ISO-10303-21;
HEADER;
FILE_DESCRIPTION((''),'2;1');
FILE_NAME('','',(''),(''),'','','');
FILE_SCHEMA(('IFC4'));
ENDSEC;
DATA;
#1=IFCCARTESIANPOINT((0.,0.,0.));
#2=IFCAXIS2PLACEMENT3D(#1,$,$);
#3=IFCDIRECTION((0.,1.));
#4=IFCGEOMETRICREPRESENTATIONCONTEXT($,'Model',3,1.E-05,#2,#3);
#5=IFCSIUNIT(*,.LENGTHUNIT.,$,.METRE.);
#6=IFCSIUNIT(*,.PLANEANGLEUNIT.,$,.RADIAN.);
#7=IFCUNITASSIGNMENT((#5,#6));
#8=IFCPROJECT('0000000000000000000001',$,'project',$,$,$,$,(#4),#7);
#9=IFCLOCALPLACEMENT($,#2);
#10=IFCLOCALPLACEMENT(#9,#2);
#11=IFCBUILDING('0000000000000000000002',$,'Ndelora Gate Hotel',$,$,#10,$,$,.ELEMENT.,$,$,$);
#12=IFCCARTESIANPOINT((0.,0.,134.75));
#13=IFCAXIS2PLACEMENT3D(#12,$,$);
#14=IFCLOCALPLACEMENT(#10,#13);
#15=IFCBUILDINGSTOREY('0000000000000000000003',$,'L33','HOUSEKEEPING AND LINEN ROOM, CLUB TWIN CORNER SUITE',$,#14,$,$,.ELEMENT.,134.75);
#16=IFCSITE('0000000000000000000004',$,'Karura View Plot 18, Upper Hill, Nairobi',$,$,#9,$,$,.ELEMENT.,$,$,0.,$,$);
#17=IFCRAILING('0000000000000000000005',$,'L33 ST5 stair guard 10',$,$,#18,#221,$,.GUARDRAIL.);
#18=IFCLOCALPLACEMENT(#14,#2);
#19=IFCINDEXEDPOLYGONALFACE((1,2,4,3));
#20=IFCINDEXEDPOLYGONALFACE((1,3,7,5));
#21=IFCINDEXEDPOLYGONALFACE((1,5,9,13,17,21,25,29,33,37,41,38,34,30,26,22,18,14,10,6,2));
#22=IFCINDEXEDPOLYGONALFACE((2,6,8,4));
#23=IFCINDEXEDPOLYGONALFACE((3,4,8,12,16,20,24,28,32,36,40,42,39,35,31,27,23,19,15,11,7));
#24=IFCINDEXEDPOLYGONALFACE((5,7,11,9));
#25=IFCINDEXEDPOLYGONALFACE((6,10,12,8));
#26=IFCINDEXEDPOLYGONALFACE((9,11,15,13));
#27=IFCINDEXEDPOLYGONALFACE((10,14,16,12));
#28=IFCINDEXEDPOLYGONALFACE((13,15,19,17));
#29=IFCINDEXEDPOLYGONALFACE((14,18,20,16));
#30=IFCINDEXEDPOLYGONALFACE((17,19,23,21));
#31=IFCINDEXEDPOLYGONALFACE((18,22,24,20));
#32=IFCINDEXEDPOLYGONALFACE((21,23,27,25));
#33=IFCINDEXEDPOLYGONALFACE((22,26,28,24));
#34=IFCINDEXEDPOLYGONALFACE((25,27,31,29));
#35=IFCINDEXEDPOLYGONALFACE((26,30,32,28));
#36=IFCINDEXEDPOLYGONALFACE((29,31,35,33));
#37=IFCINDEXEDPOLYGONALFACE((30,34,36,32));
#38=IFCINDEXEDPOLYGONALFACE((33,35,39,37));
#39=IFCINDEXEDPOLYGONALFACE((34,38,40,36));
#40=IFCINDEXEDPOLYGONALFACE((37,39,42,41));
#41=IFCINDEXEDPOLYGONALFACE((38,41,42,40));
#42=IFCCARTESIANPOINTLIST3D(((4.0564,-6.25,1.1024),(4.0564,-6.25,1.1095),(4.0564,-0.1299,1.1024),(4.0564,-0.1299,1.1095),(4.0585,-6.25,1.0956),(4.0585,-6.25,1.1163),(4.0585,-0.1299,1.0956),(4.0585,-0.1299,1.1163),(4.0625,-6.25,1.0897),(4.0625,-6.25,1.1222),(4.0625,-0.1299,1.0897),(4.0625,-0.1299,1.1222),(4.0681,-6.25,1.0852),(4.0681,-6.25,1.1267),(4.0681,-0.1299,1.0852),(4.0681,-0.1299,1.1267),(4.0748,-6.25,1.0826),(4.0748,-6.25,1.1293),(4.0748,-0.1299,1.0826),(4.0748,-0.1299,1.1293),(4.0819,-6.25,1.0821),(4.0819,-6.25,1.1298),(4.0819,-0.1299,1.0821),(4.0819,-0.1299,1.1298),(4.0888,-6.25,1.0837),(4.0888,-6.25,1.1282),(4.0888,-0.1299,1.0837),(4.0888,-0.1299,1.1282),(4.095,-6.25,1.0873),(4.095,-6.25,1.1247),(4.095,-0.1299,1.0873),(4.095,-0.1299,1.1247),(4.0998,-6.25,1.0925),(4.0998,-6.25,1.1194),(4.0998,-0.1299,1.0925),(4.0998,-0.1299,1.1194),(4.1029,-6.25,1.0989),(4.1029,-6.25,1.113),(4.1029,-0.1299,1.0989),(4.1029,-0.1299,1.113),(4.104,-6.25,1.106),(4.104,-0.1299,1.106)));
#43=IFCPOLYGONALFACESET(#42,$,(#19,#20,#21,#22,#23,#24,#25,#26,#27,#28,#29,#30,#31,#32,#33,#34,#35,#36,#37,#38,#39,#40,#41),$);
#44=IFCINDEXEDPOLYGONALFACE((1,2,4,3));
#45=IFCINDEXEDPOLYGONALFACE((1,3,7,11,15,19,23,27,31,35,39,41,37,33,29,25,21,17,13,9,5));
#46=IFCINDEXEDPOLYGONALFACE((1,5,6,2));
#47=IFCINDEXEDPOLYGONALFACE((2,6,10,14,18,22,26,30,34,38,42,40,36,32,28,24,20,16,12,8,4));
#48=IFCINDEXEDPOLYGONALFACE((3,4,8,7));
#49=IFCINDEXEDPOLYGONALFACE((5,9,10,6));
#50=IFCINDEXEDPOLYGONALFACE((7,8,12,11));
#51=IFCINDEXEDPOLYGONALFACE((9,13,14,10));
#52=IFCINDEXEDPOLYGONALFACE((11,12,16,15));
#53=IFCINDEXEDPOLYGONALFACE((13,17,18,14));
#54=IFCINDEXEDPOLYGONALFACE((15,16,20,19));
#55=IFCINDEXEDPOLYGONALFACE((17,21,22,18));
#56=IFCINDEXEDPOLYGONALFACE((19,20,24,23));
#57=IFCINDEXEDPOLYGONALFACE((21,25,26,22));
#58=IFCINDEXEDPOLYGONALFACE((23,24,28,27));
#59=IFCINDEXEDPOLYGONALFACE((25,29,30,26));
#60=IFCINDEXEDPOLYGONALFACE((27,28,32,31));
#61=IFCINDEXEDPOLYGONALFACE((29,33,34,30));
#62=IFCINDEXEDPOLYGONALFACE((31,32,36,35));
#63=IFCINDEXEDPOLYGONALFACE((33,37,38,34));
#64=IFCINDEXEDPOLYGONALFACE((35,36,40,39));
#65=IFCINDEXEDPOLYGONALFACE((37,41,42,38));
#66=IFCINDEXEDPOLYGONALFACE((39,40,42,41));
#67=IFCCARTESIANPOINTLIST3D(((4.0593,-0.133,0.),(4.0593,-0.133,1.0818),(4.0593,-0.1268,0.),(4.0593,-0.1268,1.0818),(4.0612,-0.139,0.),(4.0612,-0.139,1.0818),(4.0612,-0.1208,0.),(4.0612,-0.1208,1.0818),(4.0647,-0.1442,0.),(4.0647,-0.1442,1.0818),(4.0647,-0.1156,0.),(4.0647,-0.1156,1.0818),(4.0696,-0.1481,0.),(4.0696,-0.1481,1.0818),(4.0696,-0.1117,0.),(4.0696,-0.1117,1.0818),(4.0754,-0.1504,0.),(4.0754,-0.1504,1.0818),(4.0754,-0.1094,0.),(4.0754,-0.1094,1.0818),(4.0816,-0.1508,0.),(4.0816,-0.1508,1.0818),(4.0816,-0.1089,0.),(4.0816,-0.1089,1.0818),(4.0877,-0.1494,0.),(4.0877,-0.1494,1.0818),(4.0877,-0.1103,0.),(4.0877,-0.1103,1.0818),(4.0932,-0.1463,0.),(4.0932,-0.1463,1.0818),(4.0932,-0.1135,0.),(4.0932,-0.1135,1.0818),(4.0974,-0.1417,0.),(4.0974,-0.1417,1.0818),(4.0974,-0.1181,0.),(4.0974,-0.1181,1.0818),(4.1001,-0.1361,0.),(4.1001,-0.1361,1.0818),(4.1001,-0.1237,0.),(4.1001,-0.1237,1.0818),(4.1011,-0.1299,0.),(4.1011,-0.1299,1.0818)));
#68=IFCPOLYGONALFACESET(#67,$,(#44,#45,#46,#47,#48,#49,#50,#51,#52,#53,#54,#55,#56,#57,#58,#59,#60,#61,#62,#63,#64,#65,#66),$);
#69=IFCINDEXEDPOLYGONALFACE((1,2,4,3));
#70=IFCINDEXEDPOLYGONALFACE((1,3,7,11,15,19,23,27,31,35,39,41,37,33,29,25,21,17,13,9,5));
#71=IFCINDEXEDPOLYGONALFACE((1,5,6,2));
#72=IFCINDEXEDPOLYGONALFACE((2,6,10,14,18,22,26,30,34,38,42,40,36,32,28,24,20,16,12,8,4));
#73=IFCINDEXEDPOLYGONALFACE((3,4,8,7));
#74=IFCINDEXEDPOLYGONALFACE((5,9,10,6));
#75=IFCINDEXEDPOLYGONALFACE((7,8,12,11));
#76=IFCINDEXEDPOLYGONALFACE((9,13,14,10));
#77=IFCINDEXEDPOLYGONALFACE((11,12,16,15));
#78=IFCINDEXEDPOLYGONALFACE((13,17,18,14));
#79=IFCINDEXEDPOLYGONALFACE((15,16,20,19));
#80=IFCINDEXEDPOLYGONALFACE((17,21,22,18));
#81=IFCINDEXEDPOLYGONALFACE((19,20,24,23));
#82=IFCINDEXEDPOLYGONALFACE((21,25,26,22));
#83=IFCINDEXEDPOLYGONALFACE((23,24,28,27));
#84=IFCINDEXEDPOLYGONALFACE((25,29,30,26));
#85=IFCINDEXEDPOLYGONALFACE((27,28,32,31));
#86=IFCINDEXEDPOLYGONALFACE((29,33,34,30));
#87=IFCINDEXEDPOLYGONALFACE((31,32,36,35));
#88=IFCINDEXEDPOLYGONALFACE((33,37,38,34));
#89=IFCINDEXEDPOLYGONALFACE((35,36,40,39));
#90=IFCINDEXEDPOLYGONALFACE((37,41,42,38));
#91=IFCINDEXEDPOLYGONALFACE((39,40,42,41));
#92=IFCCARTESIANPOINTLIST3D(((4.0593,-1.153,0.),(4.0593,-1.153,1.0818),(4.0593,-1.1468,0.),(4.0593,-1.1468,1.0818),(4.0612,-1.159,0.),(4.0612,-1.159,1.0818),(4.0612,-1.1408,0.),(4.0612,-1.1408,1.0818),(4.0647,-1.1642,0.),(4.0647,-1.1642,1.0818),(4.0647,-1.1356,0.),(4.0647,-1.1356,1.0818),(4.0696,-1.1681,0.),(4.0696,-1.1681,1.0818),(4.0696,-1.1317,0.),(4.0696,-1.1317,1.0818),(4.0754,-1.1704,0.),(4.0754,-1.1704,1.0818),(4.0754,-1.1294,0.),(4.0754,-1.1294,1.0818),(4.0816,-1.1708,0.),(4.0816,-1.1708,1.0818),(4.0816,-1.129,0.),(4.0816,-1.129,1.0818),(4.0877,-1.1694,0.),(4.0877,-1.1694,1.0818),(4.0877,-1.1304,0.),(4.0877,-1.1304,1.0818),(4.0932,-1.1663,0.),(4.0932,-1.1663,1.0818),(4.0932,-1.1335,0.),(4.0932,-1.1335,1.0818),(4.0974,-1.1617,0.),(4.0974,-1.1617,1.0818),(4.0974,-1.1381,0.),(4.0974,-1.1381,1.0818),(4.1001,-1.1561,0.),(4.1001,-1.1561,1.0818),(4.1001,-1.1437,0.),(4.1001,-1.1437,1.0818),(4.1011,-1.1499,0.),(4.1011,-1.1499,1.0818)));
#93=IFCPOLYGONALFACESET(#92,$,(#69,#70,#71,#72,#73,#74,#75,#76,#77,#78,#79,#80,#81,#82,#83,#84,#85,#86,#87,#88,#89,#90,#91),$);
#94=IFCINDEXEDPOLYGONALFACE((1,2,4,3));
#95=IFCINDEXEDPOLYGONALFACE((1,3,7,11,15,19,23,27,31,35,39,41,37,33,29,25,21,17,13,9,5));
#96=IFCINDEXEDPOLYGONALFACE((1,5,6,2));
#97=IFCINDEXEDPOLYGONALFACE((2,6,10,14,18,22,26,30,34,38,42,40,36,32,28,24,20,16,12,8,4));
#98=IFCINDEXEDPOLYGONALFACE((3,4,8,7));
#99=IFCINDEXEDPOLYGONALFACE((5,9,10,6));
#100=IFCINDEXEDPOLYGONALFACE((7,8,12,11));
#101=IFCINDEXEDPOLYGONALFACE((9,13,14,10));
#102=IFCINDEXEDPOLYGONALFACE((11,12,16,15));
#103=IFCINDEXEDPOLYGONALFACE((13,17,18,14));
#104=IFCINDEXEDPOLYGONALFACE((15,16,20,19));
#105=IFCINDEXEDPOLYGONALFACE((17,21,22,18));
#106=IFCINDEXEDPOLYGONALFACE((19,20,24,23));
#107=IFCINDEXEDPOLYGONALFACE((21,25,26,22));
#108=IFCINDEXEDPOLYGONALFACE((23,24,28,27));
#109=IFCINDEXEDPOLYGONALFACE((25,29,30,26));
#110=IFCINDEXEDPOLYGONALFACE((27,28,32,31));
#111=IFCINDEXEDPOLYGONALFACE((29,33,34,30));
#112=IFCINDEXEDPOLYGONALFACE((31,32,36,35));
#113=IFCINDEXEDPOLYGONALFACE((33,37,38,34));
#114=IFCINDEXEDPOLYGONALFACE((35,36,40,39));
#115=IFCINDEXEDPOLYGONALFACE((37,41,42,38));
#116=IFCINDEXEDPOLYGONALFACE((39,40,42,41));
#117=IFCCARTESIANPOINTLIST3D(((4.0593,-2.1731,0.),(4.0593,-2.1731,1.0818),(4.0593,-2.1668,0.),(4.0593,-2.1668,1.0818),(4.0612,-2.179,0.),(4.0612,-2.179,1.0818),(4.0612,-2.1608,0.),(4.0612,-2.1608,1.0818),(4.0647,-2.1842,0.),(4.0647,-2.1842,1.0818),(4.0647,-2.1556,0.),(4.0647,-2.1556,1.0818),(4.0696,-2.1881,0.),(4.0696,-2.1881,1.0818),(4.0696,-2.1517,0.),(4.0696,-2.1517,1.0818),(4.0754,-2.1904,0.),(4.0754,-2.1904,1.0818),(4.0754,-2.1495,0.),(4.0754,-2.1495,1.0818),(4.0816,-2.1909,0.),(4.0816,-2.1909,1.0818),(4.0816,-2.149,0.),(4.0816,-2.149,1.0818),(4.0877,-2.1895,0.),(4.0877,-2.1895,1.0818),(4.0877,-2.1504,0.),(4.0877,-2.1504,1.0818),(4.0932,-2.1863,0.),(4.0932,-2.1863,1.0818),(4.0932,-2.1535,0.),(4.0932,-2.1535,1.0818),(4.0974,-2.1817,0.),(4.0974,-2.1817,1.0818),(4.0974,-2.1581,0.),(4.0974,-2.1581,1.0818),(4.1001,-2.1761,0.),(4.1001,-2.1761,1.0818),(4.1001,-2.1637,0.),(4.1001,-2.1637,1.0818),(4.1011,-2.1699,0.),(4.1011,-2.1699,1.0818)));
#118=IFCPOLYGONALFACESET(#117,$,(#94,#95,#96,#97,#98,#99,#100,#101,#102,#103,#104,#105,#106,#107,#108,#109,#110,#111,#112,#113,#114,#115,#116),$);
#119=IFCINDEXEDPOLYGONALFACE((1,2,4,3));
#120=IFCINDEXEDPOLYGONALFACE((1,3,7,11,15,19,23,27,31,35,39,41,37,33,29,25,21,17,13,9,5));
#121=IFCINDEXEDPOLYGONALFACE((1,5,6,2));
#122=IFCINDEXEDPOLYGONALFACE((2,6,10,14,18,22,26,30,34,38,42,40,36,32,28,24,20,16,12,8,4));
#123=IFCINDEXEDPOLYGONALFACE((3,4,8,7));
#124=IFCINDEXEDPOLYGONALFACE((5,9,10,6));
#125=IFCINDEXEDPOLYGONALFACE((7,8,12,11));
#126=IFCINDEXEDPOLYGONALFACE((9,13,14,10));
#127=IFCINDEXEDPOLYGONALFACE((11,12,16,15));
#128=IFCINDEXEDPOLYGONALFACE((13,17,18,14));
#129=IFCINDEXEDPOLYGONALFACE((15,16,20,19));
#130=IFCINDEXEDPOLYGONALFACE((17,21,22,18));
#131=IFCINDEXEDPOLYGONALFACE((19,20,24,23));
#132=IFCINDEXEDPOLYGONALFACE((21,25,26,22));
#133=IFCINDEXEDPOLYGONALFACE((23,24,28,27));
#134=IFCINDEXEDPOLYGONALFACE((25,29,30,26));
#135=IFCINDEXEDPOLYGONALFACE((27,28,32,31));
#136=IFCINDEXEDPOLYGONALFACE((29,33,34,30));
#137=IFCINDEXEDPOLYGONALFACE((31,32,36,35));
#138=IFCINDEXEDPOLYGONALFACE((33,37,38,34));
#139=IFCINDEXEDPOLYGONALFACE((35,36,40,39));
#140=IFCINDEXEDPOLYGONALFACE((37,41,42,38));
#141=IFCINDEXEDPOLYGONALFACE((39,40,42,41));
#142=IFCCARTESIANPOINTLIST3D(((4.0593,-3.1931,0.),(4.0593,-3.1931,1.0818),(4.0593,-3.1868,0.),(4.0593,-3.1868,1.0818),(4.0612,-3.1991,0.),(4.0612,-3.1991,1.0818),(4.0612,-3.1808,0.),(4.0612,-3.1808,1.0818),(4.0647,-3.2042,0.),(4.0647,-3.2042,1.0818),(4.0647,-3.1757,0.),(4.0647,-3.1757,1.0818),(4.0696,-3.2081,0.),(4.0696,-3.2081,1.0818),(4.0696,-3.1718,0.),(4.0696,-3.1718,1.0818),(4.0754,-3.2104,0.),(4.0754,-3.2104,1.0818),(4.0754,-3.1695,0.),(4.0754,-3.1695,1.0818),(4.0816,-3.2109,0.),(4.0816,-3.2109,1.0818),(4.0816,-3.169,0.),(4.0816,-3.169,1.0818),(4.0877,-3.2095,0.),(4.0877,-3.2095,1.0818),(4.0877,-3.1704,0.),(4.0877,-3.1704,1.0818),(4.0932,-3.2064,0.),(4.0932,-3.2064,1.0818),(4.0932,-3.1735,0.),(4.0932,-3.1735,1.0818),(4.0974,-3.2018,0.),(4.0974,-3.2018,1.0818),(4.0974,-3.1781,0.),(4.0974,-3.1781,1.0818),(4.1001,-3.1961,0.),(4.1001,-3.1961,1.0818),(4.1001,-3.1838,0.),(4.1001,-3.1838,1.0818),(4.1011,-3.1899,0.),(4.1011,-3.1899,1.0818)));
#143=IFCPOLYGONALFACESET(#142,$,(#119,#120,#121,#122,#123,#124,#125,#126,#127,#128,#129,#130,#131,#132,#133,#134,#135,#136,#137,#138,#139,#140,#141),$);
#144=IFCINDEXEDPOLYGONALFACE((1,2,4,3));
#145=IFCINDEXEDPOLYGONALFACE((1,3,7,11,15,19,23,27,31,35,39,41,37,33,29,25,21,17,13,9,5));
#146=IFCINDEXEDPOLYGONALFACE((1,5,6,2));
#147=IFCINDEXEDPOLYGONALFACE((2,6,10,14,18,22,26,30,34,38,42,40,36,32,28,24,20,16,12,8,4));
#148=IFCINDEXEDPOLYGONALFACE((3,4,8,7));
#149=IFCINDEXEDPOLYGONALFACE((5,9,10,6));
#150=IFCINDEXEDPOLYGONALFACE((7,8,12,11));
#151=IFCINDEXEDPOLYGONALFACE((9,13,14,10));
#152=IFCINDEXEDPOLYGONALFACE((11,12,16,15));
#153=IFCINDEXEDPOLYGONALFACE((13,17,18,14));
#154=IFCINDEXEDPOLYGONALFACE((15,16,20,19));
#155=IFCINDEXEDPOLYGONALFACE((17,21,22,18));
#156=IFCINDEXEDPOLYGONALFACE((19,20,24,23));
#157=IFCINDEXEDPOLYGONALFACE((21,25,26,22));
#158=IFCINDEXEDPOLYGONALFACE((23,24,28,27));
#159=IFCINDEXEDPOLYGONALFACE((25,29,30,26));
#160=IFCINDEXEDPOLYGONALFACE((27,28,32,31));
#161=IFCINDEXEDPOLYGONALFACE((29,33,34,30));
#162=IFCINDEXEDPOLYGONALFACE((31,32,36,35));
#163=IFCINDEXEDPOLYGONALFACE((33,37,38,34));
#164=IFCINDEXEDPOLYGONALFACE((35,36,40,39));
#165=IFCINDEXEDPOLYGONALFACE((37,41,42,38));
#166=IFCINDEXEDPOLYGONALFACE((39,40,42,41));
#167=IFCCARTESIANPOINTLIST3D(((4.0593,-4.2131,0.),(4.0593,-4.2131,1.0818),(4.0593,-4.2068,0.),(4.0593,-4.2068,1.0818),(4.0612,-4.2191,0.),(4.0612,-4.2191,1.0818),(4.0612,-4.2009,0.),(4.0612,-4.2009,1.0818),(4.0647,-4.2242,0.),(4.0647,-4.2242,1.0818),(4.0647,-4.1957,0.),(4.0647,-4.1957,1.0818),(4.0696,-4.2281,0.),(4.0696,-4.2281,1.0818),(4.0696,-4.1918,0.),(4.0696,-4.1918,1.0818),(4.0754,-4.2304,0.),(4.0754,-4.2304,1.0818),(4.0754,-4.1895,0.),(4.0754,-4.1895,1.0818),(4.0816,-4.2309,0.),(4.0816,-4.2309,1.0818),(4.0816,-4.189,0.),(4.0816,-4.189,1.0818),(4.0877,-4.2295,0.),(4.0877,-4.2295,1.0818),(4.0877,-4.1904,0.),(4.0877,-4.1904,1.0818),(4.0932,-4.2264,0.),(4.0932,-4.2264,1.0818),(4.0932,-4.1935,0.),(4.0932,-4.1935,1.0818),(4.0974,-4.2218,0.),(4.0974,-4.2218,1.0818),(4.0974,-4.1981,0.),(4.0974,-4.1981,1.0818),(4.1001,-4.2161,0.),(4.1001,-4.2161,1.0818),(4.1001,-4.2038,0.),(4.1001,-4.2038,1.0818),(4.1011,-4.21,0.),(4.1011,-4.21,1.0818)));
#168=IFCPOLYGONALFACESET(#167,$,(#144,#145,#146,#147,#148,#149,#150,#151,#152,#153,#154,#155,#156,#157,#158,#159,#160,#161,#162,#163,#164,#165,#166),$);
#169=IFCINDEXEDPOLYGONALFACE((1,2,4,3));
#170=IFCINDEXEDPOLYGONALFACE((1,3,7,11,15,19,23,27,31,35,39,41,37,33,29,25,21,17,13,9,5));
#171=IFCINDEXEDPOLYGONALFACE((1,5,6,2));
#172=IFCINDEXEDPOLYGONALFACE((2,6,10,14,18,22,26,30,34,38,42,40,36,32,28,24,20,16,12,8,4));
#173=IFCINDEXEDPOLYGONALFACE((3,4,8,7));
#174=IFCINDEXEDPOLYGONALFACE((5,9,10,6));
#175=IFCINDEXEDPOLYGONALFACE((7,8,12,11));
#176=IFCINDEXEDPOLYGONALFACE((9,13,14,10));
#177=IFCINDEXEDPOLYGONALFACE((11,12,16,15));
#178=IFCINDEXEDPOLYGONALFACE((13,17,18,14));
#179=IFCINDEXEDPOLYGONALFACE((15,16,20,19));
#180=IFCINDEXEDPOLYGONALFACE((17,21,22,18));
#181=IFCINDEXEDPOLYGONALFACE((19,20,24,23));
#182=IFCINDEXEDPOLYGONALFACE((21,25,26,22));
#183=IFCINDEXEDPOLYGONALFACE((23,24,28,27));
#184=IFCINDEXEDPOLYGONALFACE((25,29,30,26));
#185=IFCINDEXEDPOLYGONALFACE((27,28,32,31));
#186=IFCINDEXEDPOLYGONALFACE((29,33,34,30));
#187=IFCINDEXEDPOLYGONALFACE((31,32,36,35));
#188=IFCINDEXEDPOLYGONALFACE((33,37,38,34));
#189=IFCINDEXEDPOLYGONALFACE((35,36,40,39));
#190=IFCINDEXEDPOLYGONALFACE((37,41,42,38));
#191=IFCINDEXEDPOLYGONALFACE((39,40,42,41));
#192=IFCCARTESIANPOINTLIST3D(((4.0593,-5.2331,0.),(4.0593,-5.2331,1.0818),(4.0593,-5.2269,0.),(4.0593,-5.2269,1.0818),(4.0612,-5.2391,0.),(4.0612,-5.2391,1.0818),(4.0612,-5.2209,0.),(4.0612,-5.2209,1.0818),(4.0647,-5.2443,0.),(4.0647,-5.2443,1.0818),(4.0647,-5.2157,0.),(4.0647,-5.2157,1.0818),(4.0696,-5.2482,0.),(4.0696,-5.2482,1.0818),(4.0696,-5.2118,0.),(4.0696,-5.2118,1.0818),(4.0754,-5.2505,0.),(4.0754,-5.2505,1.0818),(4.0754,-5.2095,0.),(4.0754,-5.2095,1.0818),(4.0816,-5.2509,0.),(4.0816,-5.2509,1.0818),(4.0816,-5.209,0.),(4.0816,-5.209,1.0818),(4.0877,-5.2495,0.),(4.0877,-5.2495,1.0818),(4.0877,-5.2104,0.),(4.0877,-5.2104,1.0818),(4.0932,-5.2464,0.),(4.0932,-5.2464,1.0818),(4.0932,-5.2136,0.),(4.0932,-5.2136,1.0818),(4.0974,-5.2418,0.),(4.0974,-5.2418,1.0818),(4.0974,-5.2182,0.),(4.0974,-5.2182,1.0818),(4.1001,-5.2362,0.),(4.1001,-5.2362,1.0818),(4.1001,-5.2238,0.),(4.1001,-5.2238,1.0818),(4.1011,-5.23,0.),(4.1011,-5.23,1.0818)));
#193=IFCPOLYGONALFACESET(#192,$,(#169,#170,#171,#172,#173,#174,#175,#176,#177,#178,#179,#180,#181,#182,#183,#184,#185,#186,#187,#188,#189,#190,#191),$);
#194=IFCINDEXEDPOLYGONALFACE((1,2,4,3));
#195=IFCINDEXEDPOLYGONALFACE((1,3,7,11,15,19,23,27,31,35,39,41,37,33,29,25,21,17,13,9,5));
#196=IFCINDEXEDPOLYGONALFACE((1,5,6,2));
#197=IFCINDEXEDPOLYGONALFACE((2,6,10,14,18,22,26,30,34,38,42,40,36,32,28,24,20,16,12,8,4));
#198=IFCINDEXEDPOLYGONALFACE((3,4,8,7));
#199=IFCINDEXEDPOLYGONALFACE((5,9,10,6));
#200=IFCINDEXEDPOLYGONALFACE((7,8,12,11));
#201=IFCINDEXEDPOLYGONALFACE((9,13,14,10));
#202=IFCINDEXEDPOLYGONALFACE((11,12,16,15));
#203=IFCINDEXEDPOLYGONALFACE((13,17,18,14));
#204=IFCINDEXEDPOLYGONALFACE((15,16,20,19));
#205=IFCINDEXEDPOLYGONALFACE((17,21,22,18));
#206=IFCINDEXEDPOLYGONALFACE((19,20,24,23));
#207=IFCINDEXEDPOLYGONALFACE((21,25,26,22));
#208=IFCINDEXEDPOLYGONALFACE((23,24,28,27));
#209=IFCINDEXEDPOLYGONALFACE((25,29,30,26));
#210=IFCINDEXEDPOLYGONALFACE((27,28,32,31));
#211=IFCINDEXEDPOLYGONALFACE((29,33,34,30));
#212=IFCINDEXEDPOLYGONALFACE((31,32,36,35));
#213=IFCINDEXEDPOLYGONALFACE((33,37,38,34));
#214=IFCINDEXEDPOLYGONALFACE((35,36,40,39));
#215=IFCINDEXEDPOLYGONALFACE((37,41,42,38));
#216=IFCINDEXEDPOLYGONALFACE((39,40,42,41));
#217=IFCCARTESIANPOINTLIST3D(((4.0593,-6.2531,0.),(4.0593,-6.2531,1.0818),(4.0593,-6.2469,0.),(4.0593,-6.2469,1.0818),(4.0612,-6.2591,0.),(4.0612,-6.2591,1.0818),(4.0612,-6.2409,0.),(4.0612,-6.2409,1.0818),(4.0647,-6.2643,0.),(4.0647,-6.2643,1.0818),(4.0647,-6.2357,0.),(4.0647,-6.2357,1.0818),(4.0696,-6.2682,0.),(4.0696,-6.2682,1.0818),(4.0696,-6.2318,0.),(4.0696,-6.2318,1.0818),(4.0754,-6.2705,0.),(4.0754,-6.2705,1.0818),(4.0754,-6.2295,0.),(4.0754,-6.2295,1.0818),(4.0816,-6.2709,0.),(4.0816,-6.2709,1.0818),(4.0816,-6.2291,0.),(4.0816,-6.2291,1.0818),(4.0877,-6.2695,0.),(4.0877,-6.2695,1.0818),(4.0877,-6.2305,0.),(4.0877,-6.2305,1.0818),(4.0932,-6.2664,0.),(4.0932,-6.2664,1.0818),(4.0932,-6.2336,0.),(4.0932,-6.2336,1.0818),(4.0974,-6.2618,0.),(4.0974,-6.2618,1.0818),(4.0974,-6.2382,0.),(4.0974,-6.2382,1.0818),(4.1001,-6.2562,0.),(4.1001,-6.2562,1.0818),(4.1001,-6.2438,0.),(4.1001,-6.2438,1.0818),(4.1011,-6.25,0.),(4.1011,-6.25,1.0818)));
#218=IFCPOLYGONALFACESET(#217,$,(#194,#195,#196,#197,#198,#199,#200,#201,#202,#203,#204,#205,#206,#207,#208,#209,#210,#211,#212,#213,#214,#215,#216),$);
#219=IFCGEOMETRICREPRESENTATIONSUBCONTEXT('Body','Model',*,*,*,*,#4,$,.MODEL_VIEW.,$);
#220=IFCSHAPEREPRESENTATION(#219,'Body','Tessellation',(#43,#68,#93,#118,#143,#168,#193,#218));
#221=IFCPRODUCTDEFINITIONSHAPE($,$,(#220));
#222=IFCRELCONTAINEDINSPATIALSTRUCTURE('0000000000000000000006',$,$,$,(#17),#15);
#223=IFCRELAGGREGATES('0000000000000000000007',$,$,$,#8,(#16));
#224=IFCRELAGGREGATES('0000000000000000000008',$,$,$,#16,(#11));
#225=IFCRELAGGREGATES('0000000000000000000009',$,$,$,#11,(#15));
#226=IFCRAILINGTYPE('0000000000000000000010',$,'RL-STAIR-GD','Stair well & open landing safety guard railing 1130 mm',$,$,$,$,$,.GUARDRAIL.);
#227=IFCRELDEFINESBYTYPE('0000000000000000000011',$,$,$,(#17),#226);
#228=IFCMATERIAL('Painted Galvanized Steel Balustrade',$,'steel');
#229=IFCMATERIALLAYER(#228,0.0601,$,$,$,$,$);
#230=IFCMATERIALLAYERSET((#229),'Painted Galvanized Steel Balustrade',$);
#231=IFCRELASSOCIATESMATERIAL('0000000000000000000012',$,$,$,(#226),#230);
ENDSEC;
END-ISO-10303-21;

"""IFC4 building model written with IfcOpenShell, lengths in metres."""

from ifc_helpers import new_model, si_unit, direction, frame, origin, origin_2d, place, context, subcontext, project, spatial, circle, extrude, material, layer, layer_set, type_object, element, save


model = new_model("IFC4")

# Units and contexts
model_context = context("Model", 3, precision=1e-05, world=origin(), true_north=direction((0.0, 1.0)))
body_context = subcontext(model_context, "Body", "Model", "MODEL_VIEW")
ifc_project = project(units=[si_unit("LENGTHUNIT", "METRE"), si_unit("PLANEANGLEUNIT", "RADIAN")], contexts=[model_context])

# Site, building, storey
site_placement = place(None, origin())
site = spatial("IfcSite", under=ifc_project, at=site_placement, Name="Karura View Plot 18, Upper Hill, Nairobi", CompositionType="ELEMENT", RefElevation=0.0)
building_placement = place(site_placement, origin())
building = spatial("IfcBuilding", under=site, at=building_placement, Name="Ndelora Gate Hotel", CompositionType="ELEMENT")
storey_placement = place(building_placement, frame((0.0, 0.0, 134.75)))
storey = spatial("IfcBuildingStorey", under=building, at=storey_placement, Name="L33", Description="HOUSEKEEPING AND LINEN ROOM, CLUB TWIN CORNER SUITE", CompositionType="ELEMENT", Elevation=134.75)

# Railing
ifc_material_1 = material(Name="Painted Galvanized Steel Balustrade", Category="steel")
ifc_layer_1 = layer(ifc_material_1, 0.0601)
ifc_layer_set_1 = layer_set([ifc_layer_1], Name="Painted Galvanized Steel Balustrade")
railing_type_1 = type_object("IfcRailingType", Name="RL-STAIR-GD", Description="Stair well & open landing safety guard railing 1130 mm", PredefinedType="GUARDRAIL", material=ifc_layer_set_1)
railing_1_placement = place(storey_placement, frame((4.0801, -0.1299, 0.0)))
element("IfcRailing", 1, at=railing_1_placement, inside=storey, type_object=railing_type_1, Name="L33 ST5 stair guard 10", PredefinedType="GUARDRAIL", context=body_context, shape_type="SweptSolid", body=[
    extrude(circle(Radius=0.0239, at=origin_2d()), frame((0.0, 0.0, 1.106), z_axis=(0.0, -1.0, 0.0), x_axis=(1.0, 0.0, 0.0)), (0.0, 0.0, 1.0), 6.1201),
    extrude(circle(Radius=0.021, at=origin_2d()), origin(), (0.0, 0.0, 1.0), 1.0818),
    extrude(circle(Radius=0.021, at=origin_2d()), frame((0.0, -1.02, 0.0)), (0.0, 0.0, 1.0), 1.0818),
    extrude(circle(Radius=0.021, at=origin_2d()), frame((0.0, -2.04, 0.0)), (0.0, 0.0, 1.0), 1.0818),
    extrude(circle(Radius=0.021, at=origin_2d()), frame((0.0, -3.0601, 0.0)), (0.0, 0.0, 1.0), 1.0818),
    extrude(circle(Radius=0.021, at=origin_2d()), frame((0.0, -4.0801, 0.0)), (0.0, 0.0, 1.0), 1.0818),
    extrude(circle(Radius=0.021, at=origin_2d()), frame((0.0, -5.1001, 0.0)), (0.0, 0.0, 1.0), 1.0818),
    extrude(circle(Radius=0.021, at=origin_2d()), frame((0.0, -6.1201, 0.0)), (0.0, 0.0, 1.0), 1.0818),
])

save(model, "model.ifc")
